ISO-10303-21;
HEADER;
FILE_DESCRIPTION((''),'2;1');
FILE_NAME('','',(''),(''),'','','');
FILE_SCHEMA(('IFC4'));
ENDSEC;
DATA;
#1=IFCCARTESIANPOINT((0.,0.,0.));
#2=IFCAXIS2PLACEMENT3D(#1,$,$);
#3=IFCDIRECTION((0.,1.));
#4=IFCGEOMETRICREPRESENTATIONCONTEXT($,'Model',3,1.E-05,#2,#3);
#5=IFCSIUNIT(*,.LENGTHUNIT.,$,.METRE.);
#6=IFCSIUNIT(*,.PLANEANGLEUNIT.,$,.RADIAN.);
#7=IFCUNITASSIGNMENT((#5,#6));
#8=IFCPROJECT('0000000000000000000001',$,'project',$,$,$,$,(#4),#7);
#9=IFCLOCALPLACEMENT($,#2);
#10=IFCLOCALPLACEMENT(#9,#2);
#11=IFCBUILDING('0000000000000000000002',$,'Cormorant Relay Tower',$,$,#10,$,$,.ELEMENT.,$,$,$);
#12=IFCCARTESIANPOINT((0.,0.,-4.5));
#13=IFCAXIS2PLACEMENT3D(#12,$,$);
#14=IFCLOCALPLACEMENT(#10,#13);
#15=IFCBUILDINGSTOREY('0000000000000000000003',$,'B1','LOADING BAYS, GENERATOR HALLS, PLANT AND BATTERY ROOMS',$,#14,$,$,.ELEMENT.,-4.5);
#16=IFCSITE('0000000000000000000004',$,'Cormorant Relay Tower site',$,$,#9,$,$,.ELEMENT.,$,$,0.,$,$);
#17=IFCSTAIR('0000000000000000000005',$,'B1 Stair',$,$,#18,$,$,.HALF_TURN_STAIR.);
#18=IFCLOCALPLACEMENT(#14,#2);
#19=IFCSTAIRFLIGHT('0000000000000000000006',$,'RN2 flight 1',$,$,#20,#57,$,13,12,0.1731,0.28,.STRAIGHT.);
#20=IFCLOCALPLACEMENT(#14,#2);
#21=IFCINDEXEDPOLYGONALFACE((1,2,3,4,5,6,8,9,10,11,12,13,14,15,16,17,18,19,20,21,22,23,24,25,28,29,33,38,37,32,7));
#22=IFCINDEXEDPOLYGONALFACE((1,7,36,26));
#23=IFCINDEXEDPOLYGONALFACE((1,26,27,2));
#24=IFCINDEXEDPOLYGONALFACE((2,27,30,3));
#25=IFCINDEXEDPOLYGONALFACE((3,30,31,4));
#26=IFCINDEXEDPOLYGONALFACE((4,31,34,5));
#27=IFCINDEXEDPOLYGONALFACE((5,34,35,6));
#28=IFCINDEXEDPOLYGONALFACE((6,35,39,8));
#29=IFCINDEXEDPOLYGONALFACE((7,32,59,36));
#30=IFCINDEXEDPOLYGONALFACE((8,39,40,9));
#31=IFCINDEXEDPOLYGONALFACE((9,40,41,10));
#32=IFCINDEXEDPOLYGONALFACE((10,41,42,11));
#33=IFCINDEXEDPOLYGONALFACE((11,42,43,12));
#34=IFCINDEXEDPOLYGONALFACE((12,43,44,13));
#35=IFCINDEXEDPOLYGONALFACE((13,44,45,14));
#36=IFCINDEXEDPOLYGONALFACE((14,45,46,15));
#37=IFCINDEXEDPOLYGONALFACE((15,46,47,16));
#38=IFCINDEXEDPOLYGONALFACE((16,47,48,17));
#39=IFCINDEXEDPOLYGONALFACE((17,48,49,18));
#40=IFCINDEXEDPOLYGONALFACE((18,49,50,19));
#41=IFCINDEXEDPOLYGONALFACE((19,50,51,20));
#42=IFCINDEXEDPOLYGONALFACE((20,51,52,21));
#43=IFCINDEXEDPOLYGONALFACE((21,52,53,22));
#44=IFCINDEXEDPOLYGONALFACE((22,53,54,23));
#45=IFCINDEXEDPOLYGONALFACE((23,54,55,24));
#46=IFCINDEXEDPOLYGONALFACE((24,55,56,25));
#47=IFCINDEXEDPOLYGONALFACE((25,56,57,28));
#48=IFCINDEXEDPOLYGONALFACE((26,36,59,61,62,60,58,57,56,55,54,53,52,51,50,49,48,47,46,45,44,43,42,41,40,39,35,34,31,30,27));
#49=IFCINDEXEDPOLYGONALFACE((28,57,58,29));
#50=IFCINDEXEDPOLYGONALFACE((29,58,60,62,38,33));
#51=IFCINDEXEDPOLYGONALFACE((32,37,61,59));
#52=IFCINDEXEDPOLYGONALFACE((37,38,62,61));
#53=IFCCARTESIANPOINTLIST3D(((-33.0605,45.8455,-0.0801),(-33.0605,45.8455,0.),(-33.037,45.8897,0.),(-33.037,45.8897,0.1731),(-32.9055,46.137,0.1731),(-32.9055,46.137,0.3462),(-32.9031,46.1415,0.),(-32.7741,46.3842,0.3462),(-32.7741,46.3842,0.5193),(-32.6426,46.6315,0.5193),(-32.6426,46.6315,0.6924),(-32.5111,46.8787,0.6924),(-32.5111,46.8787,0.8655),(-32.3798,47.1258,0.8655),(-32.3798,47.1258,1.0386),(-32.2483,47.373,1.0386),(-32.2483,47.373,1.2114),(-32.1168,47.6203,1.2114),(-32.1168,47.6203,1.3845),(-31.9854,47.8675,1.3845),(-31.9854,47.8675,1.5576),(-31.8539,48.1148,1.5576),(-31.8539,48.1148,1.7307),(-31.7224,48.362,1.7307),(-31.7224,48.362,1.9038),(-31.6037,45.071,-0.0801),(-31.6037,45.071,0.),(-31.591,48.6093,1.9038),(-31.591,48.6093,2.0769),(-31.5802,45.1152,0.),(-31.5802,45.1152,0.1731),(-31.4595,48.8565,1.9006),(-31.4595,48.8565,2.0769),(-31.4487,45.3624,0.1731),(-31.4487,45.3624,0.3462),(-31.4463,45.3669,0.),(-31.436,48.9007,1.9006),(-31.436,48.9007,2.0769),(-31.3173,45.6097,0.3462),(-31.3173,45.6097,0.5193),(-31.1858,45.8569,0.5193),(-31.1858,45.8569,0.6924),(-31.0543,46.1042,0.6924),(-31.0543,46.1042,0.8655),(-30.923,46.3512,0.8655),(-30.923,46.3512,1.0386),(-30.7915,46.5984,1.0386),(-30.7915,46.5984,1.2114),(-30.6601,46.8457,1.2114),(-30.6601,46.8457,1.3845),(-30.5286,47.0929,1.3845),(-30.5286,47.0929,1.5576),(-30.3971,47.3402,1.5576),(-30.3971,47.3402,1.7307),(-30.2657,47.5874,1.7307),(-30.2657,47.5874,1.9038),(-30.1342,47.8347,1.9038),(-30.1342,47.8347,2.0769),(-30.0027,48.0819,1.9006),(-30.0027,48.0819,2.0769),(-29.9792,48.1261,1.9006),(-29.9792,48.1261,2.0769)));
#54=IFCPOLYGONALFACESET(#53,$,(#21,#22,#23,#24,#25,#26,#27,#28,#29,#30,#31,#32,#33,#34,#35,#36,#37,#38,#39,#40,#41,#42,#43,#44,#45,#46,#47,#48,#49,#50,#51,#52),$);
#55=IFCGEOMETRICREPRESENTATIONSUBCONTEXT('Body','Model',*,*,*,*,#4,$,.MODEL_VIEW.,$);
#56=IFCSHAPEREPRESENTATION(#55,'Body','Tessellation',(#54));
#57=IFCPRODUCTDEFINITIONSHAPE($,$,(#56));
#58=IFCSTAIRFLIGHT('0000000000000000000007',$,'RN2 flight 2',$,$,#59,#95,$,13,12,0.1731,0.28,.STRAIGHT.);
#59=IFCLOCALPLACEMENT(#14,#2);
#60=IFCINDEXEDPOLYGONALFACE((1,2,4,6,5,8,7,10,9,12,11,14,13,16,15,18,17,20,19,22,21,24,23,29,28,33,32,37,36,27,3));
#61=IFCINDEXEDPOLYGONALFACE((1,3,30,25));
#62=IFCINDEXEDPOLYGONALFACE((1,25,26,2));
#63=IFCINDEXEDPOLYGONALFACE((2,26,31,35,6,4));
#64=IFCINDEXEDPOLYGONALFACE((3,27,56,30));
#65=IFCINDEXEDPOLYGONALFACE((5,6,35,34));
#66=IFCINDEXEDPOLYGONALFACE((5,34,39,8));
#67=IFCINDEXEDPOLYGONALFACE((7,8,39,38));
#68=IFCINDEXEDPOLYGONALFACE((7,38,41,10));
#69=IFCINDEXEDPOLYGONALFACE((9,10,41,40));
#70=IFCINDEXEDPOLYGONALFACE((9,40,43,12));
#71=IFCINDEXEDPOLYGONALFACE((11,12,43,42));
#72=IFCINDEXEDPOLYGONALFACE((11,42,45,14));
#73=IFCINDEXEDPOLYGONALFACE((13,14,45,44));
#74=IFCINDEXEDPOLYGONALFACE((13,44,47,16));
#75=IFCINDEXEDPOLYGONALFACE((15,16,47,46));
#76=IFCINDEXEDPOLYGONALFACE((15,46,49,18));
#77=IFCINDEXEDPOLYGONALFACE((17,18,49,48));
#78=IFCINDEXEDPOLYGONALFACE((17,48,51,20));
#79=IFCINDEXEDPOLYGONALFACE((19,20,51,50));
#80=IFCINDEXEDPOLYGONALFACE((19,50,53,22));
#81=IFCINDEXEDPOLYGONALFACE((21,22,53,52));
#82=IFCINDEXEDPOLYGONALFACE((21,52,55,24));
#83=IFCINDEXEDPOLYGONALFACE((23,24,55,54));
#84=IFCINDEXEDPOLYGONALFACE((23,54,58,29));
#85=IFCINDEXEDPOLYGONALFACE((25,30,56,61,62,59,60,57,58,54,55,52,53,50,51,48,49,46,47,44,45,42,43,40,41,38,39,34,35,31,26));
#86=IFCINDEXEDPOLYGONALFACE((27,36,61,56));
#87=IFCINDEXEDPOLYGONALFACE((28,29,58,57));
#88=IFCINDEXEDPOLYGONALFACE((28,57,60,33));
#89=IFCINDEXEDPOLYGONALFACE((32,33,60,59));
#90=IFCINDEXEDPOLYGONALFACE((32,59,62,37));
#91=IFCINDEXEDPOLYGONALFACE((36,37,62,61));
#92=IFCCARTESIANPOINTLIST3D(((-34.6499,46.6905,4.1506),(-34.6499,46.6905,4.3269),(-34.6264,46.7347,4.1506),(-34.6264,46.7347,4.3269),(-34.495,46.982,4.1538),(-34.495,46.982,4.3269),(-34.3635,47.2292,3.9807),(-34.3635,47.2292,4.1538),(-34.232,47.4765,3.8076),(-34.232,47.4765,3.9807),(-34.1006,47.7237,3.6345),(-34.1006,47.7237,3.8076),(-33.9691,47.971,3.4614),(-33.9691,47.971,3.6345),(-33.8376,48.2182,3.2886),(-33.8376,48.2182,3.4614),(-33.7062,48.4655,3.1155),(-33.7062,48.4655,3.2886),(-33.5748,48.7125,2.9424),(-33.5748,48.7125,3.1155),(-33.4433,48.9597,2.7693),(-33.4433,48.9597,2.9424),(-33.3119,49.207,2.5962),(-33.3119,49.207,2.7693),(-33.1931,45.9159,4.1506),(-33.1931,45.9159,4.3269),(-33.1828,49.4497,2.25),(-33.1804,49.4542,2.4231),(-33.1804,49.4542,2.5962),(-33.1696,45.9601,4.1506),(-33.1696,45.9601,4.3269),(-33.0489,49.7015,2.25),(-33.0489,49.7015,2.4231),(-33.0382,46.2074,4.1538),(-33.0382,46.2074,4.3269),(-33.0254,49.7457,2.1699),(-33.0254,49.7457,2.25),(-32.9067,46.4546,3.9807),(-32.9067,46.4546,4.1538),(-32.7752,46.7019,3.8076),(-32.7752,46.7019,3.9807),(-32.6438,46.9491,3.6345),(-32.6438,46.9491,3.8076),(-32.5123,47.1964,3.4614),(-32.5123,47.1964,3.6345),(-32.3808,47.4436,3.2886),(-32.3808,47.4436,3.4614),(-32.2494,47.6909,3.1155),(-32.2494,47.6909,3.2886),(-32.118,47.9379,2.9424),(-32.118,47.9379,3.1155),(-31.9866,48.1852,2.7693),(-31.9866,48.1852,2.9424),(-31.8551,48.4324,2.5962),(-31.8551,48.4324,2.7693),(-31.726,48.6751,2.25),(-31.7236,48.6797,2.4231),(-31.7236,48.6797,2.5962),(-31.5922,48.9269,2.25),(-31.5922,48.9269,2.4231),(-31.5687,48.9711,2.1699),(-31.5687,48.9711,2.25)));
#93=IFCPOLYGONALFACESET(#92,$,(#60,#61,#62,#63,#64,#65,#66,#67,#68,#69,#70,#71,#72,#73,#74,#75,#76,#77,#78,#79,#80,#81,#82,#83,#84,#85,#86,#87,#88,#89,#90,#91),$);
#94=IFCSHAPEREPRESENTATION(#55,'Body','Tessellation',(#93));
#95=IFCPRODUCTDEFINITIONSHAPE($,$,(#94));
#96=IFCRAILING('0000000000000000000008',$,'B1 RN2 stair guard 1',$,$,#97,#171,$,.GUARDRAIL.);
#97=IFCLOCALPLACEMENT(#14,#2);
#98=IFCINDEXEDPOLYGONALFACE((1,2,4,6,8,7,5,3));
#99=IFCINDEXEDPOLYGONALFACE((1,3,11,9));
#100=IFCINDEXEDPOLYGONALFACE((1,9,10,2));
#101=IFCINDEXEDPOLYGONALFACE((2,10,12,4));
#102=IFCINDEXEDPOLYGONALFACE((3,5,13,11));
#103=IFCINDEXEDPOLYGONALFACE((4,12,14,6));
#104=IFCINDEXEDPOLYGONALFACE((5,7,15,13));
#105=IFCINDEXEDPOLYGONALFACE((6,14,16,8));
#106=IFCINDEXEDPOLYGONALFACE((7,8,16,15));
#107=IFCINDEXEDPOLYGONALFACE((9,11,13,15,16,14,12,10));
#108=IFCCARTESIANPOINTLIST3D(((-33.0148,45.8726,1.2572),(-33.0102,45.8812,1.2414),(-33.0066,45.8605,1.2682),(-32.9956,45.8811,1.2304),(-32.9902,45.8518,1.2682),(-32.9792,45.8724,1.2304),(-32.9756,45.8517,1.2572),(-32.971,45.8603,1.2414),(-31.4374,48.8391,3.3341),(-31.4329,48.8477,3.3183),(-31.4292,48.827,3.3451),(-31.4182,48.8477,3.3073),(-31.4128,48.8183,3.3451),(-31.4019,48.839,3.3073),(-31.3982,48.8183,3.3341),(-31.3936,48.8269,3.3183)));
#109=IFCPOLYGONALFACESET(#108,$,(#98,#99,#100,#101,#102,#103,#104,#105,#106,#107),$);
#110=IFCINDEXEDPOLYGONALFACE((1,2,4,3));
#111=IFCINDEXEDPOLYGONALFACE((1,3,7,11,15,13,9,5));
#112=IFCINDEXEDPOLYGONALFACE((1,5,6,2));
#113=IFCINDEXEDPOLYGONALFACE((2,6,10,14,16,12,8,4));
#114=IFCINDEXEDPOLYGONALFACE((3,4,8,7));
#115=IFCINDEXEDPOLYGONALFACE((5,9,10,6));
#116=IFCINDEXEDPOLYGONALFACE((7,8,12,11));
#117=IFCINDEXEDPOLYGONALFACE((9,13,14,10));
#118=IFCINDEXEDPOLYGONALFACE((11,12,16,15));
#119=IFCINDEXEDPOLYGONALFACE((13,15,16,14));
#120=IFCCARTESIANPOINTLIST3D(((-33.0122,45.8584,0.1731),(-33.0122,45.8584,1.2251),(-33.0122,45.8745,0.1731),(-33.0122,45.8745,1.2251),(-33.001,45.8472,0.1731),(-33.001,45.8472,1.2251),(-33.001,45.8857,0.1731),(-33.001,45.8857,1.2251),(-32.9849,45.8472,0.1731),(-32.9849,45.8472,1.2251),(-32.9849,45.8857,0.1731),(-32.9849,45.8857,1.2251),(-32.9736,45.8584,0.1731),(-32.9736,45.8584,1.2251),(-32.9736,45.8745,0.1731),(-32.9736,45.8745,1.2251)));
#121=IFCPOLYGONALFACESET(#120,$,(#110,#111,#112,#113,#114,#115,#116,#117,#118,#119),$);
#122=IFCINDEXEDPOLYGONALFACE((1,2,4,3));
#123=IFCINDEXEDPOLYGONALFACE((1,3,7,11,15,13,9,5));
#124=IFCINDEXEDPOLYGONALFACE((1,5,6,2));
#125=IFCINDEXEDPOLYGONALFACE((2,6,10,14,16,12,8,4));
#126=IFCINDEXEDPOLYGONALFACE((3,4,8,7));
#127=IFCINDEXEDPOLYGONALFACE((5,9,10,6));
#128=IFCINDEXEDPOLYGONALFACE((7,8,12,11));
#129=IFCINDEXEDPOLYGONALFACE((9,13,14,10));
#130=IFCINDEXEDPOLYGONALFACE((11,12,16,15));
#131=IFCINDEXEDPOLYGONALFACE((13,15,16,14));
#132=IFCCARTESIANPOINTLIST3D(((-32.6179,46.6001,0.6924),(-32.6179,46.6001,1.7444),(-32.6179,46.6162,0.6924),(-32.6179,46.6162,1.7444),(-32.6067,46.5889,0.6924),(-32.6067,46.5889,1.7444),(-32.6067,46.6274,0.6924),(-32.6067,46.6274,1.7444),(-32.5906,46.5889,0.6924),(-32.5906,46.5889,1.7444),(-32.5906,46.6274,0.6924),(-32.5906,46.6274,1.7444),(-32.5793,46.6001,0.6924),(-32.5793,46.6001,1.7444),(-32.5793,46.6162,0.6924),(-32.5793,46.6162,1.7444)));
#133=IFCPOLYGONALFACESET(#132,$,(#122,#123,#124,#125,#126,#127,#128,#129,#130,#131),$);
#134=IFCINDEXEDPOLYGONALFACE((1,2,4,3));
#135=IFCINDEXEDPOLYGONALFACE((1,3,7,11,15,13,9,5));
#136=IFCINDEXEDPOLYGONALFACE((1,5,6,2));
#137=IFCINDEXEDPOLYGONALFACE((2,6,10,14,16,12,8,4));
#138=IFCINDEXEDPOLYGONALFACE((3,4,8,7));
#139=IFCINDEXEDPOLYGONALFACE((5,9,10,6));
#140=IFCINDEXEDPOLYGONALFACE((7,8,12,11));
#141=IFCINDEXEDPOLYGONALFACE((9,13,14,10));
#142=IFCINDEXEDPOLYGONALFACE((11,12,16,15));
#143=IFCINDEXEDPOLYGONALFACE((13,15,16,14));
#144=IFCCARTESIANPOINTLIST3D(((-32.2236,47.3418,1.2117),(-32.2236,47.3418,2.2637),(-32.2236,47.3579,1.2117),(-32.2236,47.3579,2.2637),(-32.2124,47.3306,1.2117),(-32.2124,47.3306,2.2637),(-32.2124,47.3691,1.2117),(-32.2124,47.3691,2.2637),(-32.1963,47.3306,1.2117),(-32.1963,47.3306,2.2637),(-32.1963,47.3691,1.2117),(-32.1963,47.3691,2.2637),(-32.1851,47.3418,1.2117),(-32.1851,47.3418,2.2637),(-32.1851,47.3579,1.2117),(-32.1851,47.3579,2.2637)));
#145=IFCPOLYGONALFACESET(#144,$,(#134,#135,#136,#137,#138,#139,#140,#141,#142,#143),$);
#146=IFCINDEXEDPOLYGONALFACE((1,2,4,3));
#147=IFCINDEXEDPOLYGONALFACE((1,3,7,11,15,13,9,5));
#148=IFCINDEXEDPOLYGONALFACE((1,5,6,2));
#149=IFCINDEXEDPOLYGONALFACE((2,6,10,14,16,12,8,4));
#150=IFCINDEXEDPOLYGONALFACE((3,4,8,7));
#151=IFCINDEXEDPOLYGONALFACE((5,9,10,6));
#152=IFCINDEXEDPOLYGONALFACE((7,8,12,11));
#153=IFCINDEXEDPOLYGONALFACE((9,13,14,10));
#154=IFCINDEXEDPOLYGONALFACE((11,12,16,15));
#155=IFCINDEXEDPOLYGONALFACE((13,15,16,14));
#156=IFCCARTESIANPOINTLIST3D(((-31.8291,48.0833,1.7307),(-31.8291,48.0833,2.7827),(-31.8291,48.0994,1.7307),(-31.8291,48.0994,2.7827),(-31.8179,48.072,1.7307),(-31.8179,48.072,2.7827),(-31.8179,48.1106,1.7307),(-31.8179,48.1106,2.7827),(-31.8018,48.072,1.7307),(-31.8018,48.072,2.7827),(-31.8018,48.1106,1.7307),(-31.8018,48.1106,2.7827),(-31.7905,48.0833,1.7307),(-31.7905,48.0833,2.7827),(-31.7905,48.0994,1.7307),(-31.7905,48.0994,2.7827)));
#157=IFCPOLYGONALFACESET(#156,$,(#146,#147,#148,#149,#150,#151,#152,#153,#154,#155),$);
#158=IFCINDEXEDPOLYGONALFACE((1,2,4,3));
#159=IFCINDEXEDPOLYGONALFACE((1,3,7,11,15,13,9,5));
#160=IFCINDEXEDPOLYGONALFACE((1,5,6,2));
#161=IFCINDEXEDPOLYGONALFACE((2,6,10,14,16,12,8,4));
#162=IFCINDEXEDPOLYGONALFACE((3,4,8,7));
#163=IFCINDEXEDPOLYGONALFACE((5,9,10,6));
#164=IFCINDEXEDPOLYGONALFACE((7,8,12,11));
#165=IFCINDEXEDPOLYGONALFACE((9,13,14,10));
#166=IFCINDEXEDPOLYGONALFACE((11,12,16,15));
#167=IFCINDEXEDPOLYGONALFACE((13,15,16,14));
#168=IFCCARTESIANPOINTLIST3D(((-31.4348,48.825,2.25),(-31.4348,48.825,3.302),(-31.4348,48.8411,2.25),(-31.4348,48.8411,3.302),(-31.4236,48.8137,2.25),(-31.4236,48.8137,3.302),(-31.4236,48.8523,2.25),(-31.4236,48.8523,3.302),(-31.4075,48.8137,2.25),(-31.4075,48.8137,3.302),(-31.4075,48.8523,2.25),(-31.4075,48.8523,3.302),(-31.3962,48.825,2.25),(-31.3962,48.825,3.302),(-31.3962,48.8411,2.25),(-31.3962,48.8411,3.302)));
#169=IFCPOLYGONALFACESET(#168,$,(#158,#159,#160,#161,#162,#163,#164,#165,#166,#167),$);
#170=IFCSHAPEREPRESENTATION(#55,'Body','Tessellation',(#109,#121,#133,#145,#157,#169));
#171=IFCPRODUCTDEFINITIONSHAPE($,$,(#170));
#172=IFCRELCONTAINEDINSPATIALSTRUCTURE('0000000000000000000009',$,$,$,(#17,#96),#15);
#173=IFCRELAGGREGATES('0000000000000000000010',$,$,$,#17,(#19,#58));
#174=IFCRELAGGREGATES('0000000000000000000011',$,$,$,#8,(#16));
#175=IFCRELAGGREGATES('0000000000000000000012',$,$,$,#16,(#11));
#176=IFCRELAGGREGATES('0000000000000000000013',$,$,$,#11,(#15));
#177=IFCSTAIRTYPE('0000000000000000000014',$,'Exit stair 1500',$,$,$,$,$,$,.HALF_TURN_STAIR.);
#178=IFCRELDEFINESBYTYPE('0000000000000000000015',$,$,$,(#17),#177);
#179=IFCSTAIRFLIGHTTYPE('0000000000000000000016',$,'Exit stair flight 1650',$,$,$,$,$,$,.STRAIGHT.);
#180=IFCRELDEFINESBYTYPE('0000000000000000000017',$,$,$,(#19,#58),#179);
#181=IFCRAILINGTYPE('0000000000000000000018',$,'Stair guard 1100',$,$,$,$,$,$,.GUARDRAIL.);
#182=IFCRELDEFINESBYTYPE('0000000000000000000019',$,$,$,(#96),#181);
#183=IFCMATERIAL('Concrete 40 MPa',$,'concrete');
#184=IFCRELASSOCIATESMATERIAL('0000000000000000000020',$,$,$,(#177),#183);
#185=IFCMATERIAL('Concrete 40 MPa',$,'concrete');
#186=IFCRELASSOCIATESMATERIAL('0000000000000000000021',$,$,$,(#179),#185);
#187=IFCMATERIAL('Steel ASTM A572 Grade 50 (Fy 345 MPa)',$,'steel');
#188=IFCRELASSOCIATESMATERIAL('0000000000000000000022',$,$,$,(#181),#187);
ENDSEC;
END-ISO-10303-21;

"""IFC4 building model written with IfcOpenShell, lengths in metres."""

from ifc_helpers import new_model, si_unit, direction, frame, origin, place, context, subcontext, project, spatial, polyline, outline, extrude, material, type_object, element, aggregate, save


model = new_model("IFC4")

# Units and contexts
model_context = context("Model", 3, precision=1e-05, world=origin(), true_north=direction((0.0, 1.0)))
body_context = subcontext(model_context, "Body", "Model", "MODEL_VIEW")
ifc_project = project(units=[si_unit("LENGTHUNIT", "METRE"), si_unit("PLANEANGLEUNIT", "RADIAN")], contexts=[model_context])

# Site, building, storey
site_placement = place(None, origin())
site = spatial("IfcSite", under=ifc_project, at=site_placement, Name="Cormorant Relay Tower site", CompositionType="ELEMENT", RefElevation=0.0)
building_placement = place(site_placement, origin())
building = spatial("IfcBuilding", under=site, at=building_placement, Name="Cormorant Relay Tower", CompositionType="ELEMENT")
storey_placement = place(building_placement, frame((0.0, 0.0, -4.5)))
storey = spatial("IfcBuildingStorey", under=building, at=storey_placement, Name="B1", Description="LOADING BAYS, GENERATOR HALLS, PLANT AND BATTERY ROOMS", CompositionType="ELEMENT", Elevation=-4.5)

# Stair, stair flights
ifc_material_1 = material(Name="Concrete 40 MPa", Category="concrete")
stair_type = type_object("IfcStairType", Name="Exit stair 1500", PredefinedType="HALF_TURN_STAIR", material=ifc_material_1)
stair_placement = place(storey_placement, origin())
stair = element("IfcStair", 1, at=stair_placement, inside=storey, type_object=stair_type, Name="B1 Stair", PredefinedType="HALF_TURN_STAIR")
ifc_material_2 = material(Name="Concrete 40 MPa", Category="concrete")
stair_flight_type = type_object("IfcStairFlightType", Name="Exit stair flight 1650", PredefinedType="STRAIGHT", material=ifc_material_2)
stair_flight_1_placement = place(storey_placement, frame((-32.3086, 45.5024, 0.0), z_axis=(0.0, 0.0, 1.0), x_axis=(0.469472, 0.882948, 0.0)))
stair_flight_1 = element("IfcStairFlight", 2, at=stair_flight_1_placement, type_object=stair_flight_type, Name="RN2 flight 1", NumberOfRisers=13, NumberOfTreads=12, PredefinedType="STRAIGHT", RiserHeight=0.1731, TreadLength=0.28, context=body_context, shape_type="SweptSolid", body=[
    extrude(outline(polyline([(-0.05, -0.0801), (-0.05, 0.0), (0.0, 0.0), (0.0, 0.1731), (0.28, 0.1731), (0.28, 0.3462), (0.5601, 0.3462), (0.5601, 0.5193), (0.8401, 0.5193), (0.8401, 0.6924), (1.1201, 0.6924), (1.1201, 0.8655), (1.3999, 0.8655), (1.3999, 1.0386), (1.6799, 1.0386), (1.6799, 1.2114), (1.96, 1.2114), (1.96, 1.3845), (2.24, 1.3845), (2.24, 1.5576), (2.52, 1.5576), (2.52, 1.7307), (2.8, 1.7307), (2.8, 1.9038), (3.0801, 1.9038), (3.0801, 2.0769), (3.3601, 2.0769), (3.4102, 2.0769), (3.4102, 1.9006), (3.3601, 1.9006), (0.2852, 0.0), (-0.05, -0.0801)])), frame((0.0, 0.825, 0.0), z_axis=(0.0, -1.0, 0.0), x_axis=(1.0, 0.0, 0.0)), (0.0, 0.0, 1.0), 1.6499),
])
stair_flight_2_placement = place(storey_placement, frame((-32.3206, 49.3142, 2.25), z_axis=(0.0, 0.0, 1.0), x_axis=(-0.469472, -0.882948, 0.0)))
stair_flight_2 = element("IfcStairFlight", 3, at=stair_flight_2_placement, type_object=stair_flight_type, Name="RN2 flight 2", NumberOfRisers=13, NumberOfTreads=12, PredefinedType="STRAIGHT", RiserHeight=0.1731, TreadLength=0.28, context=body_context, shape_type="SweptSolid", body=[
    extrude(outline(polyline([(-0.05, -0.0801), (-0.05, 0.0), (0.0, 0.0), (0.0, 0.1731), (0.28, 0.1731), (0.28, 0.3462), (0.5601, 0.3462), (0.5601, 0.5193), (0.8401, 0.5193), (0.8401, 0.6924), (1.1201, 0.6924), (1.1201, 0.8655), (1.3999, 0.8655), (1.3999, 1.0386), (1.6799, 1.0386), (1.6799, 1.2114), (1.96, 1.2114), (1.96, 1.3845), (2.24, 1.3845), (2.24, 1.5576), (2.52, 1.5576), (2.52, 1.7307), (2.8, 1.7307), (2.8, 1.9038), (3.0801, 1.9038), (3.0801, 2.0769), (3.3601, 2.0769), (3.4102, 2.0769), (3.4102, 1.9006), (3.3601, 1.9006), (0.2852, 0.0), (-0.05, -0.0801)])), frame((0.0, 0.825, 0.0), z_axis=(0.0, -1.0, 0.0), x_axis=(1.0, 0.0, 0.0)), (0.0, 0.0, 1.0), 1.6499),
])
aggregate(stair, [stair_flight_1, stair_flight_2])

# Railing
ifc_material_3 = material(Name="Steel ASTM A572 Grade 50 (Fy 345 MPa)", Category="steel")
railing_type_1 = type_object("IfcRailingType", Name="Stair guard 1100", PredefinedType="GUARDRAIL", material=ifc_material_3)
railing_1_placement = place(storey_placement, frame((-32.9929, 45.8665, 0.1731)))
element("IfcRailing", 4, at=railing_1_placement, inside=storey, type_object=railing_type_1, Name="B1 RN2 stair guard 1", PredefinedType="GUARDRAIL", context=body_context, shape_type="SweptSolid", body=[
    extrude(outline(polyline([(0.0222, 0.0093), (0.0093, 0.0222), (-0.0093, 0.0222), (-0.0222, 0.0093), (-0.0222, -0.0093), (-0.0093, -0.0222), (0.0093, -0.0222), (0.0222, -0.0093), (0.0222, 0.0093)])), frame((0.0, 0.0, 1.0762), z_axis=(0.399345, 0.751035, 0.525805), x_axis=(-0.882942, 0.469483, 0.0)), (0.0, 0.0, 1.0), 3.95),
    extrude(outline(polyline([(0.0193, 0.0081), (0.0081, 0.0193), (-0.0081, 0.0193), (-0.0193, 0.0081), (-0.0193, -0.0081), (-0.0081, -0.0193), (0.0081, -0.0193), (0.0193, -0.0081), (0.0193, 0.0081)])), origin(), (0.0, 0.0, 1.0), 1.052),
    extrude(outline(polyline([(0.0193, 0.0081), (0.0081, 0.0193), (-0.0081, 0.0193), (-0.0193, 0.0081), (-0.0193, -0.0081), (-0.0081, -0.0193), (0.0081, -0.0193), (0.0193, -0.0081), (0.0193, 0.0081)])), frame((0.3943, 0.7417, 0.5193)), (0.0, 0.0, 1.0), 1.052),
    extrude(outline(polyline([(0.0193, 0.0081), (0.0081, 0.0193), (-0.0081, 0.0193), (-0.0193, 0.0081), (-0.0193, -0.0081), (-0.0081, -0.0193), (0.0081, -0.0193), (0.0193, -0.0081), (0.0193, 0.0081)])), frame((0.7886, 1.4834, 1.0386)), (0.0, 0.0, 1.0), 1.052),
    extrude(outline(polyline([(0.0193, 0.0081), (0.0081, 0.0193), (-0.0081, 0.0193), (-0.0193, 0.0081), (-0.0193, -0.0081), (-0.0081, -0.0193), (0.0081, -0.0193), (0.0193, -0.0081), (0.0193, 0.0081)])), frame((1.1831, 2.2249, 1.5576)), (0.0, 0.0, 1.0), 1.052),
    extrude(outline(polyline([(0.0193, 0.0081), (0.0081, 0.0193), (-0.0081, 0.0193), (-0.0193, 0.0081), (-0.0193, -0.0081), (-0.0081, -0.0193), (0.0081, -0.0193), (0.0193, -0.0081), (0.0193, 0.0081)])), frame((1.5774, 2.9666, 2.0769)), (0.0, 0.0, 1.0), 1.052),
])

save(model, "model.ifc")
